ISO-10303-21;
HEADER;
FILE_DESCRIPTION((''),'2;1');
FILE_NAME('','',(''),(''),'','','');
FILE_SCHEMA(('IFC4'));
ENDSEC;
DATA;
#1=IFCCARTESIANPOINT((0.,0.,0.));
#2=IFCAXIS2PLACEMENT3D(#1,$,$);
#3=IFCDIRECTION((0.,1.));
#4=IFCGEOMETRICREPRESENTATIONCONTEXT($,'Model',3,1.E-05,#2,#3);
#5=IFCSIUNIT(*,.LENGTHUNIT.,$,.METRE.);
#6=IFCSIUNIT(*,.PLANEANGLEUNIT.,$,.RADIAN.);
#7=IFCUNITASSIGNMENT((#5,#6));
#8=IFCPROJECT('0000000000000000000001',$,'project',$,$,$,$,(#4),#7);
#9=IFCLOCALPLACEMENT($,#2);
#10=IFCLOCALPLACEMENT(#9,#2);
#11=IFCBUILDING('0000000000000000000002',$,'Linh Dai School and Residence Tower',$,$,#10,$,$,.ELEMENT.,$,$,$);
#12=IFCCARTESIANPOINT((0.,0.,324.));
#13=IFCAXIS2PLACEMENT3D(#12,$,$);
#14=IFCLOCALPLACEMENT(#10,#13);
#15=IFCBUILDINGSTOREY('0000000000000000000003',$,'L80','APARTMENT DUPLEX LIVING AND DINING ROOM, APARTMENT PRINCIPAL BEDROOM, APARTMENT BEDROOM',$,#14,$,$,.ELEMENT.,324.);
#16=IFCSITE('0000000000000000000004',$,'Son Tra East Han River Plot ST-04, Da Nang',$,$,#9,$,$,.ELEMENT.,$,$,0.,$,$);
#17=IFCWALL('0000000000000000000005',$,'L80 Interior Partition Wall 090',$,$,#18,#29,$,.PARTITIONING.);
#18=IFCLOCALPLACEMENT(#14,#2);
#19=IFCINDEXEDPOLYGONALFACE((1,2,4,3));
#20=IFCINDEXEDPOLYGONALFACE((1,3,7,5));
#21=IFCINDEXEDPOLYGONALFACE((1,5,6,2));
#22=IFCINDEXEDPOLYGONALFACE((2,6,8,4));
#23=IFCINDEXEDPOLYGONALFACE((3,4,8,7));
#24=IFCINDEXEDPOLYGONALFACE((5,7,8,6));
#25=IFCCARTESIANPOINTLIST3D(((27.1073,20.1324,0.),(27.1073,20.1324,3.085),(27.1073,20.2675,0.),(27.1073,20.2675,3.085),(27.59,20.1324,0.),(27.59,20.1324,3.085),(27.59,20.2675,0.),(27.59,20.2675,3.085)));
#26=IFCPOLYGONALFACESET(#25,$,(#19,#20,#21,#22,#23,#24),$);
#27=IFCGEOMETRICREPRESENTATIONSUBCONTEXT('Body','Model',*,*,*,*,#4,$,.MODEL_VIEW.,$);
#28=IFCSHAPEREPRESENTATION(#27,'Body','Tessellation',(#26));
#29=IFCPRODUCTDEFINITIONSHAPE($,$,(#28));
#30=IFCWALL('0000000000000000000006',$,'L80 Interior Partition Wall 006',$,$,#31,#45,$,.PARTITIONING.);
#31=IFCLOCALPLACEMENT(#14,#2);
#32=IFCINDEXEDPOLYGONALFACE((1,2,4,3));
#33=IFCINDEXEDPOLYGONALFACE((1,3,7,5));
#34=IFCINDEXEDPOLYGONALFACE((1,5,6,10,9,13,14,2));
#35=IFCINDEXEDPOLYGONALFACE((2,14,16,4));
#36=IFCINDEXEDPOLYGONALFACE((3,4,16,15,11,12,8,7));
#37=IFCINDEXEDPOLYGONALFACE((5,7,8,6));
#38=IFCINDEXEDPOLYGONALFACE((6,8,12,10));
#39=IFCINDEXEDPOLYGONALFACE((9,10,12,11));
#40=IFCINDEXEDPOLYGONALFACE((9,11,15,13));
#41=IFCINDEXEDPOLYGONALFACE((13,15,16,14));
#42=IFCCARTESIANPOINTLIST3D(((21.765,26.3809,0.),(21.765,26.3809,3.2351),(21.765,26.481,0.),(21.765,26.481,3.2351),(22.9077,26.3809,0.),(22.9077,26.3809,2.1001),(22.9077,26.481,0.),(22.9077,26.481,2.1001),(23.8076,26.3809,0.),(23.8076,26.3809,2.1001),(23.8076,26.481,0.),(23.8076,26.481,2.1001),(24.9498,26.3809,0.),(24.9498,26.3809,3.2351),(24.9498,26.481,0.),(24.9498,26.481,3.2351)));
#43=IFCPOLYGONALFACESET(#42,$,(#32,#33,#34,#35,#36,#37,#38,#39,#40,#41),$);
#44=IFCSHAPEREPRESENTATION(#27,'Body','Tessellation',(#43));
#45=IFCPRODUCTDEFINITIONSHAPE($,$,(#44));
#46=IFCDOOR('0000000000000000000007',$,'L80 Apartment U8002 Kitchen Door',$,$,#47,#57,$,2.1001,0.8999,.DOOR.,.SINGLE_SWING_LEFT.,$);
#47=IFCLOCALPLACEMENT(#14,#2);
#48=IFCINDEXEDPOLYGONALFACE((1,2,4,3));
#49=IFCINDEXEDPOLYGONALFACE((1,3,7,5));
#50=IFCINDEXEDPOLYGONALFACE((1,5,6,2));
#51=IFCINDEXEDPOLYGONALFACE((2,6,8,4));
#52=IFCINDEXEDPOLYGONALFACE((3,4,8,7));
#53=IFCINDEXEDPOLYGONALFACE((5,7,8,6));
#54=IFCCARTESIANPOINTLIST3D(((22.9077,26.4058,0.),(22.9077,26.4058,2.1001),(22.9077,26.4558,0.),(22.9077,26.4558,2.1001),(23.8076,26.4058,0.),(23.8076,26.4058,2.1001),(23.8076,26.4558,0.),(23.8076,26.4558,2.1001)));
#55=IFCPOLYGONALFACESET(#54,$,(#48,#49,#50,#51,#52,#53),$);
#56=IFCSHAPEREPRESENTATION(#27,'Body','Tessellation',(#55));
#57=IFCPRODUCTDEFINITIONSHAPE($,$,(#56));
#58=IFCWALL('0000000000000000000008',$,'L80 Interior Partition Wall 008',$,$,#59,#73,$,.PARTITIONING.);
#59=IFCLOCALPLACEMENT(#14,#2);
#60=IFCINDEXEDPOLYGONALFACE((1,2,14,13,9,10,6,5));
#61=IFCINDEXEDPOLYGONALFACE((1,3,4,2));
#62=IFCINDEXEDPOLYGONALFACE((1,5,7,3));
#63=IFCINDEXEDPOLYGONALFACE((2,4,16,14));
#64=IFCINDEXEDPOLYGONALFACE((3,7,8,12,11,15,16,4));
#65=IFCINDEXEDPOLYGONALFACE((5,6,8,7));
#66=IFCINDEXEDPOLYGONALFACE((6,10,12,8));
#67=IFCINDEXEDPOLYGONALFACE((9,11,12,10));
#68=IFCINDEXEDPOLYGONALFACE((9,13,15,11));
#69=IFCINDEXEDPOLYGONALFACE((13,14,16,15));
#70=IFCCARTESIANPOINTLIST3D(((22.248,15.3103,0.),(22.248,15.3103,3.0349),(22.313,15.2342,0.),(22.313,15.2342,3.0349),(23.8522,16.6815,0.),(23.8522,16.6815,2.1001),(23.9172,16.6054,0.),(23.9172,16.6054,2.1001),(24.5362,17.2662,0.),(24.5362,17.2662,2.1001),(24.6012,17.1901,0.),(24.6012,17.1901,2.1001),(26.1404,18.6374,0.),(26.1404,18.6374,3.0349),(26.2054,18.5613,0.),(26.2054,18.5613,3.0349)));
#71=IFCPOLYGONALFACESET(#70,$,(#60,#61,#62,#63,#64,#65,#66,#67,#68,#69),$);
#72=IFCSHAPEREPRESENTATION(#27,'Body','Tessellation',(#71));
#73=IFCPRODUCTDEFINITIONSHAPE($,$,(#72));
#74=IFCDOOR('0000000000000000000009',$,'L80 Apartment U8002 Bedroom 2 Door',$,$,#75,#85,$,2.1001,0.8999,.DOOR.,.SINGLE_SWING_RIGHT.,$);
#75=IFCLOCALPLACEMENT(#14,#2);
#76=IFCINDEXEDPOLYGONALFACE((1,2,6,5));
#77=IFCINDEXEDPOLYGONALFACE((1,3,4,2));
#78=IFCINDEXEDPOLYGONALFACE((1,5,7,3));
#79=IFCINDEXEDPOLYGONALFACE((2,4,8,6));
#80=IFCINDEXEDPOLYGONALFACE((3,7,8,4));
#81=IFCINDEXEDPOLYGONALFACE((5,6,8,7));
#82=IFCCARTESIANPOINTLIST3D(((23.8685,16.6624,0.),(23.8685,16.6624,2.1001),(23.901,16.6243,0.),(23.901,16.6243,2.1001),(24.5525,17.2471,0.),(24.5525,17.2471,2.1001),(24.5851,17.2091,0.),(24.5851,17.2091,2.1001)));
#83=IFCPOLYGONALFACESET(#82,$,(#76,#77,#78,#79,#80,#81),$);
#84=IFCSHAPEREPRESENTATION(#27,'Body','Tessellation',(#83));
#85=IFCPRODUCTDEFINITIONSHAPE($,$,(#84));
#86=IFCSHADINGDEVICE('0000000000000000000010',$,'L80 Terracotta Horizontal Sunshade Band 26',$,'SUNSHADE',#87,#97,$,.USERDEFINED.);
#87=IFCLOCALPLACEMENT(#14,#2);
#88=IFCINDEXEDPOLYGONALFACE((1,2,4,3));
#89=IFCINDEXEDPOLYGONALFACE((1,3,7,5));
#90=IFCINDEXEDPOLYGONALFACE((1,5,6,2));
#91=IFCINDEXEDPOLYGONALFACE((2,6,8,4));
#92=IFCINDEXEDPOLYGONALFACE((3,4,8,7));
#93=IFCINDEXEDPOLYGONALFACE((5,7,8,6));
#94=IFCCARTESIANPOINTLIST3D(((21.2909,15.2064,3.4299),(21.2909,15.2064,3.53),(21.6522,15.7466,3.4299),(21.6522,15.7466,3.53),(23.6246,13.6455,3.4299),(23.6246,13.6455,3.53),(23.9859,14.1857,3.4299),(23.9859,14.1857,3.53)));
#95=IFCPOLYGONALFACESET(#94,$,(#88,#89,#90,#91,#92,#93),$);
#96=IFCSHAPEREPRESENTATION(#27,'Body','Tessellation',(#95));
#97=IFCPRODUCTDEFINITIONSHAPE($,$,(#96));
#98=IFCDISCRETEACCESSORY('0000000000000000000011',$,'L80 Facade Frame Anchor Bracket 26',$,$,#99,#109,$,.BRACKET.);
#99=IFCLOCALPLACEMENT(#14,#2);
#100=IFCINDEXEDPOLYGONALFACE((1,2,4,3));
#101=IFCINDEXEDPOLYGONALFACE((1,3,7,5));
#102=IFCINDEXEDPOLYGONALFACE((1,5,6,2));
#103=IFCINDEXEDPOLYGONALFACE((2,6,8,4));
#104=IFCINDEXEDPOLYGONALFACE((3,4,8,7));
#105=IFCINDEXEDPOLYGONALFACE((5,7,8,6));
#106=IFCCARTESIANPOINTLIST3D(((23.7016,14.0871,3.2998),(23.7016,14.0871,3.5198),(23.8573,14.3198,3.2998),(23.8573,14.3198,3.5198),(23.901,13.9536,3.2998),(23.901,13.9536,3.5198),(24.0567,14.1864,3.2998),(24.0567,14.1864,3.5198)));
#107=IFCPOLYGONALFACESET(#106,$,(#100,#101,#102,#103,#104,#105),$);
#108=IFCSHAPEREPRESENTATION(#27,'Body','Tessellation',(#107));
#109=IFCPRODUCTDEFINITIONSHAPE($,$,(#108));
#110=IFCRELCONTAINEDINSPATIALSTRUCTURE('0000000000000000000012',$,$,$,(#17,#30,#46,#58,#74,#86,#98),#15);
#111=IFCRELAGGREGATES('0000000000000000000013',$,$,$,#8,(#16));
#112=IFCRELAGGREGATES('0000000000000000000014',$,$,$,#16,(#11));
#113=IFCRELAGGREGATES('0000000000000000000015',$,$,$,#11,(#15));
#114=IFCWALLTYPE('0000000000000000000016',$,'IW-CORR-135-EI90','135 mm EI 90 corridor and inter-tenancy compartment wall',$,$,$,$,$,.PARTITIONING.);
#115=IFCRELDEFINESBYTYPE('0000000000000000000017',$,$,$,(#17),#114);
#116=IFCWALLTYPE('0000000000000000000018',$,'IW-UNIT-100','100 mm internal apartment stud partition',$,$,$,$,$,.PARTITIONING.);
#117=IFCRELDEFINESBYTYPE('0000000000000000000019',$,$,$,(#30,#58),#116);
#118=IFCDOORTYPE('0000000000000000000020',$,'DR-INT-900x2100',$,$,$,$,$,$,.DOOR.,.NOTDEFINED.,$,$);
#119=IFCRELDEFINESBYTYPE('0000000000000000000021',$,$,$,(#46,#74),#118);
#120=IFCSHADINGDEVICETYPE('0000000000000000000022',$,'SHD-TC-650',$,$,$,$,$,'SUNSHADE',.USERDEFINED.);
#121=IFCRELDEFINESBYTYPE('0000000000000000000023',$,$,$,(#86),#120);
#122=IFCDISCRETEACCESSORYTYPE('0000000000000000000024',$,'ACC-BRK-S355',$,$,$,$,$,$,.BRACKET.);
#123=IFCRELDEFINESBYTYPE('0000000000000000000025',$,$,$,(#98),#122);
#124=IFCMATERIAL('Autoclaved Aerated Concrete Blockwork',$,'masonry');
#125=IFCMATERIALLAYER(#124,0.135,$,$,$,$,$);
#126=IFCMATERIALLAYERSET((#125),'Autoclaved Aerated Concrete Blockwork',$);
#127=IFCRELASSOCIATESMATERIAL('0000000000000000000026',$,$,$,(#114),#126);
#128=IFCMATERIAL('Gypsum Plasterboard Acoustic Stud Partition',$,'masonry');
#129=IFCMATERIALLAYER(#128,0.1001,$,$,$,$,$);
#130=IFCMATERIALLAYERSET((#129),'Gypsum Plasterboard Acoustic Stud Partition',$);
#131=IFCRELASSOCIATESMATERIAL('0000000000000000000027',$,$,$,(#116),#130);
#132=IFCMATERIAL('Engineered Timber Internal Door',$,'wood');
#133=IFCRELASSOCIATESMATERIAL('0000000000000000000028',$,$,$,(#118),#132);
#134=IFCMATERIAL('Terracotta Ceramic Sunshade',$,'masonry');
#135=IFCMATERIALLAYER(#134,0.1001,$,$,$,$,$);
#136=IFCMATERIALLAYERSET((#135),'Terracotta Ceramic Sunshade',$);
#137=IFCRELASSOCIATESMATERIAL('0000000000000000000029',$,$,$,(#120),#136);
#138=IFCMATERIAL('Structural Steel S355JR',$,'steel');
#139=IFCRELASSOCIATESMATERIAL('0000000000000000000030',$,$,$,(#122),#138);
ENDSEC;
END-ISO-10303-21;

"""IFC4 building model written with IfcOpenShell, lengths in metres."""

from ifc_helpers import new_model, si_unit, direction, frame, frame_2d, origin, origin_2d, place, context, subcontext, project, spatial, rectangle, extrude, source, transform, mapped, material, layer, layer_set, type_object, element, fill, save


model = new_model("IFC4")

# Units and contexts
model_context = context("Model", 3, precision=1e-05, world=origin(), true_north=direction((0.0, 1.0)))
body_context = subcontext(model_context, "Body", "Model", "MODEL_VIEW")
ifc_project = project(units=[si_unit("LENGTHUNIT", "METRE"), si_unit("PLANEANGLEUNIT", "RADIAN")], contexts=[model_context])

# Site, building, storey
site_placement = place(None, origin())
site = spatial("IfcSite", under=ifc_project, at=site_placement, Name="Son Tra East Han River Plot ST-04, Da Nang", CompositionType="ELEMENT", RefElevation=0.0)
building_placement = place(site_placement, origin())
building = spatial("IfcBuilding", under=site, at=building_placement, Name="Linh Dai School and Residence Tower", CompositionType="ELEMENT")
storey_placement = place(building_placement, frame((0.0, 0.0, 324.0)))
storey = spatial("IfcBuildingStorey", under=building, at=storey_placement, Name="L80", Description="APARTMENT DUPLEX LIVING AND DINING ROOM, APARTMENT PRINCIPAL BEDROOM, APARTMENT BEDROOM", CompositionType="ELEMENT", Elevation=324.0)

# Shared definitions
ifc_material_1 = material(Name="Structural Steel S355JR", Category="steel")

# Shared definitions
ifc_material_2 = material(Name="Autoclaved Aerated Concrete Blockwork", Category="masonry")
ifc_layer_1 = layer(ifc_material_2, 0.135)
ifc_layer_set_1 = layer_set([ifc_layer_1], Name="Autoclaved Aerated Concrete Blockwork")
wall_type_1 = type_object("IfcWallType", Name="IW-CORR-135-EI90", Description="135 mm EI 90 corridor and inter-tenancy compartment wall", PredefinedType="PARTITIONING", material=ifc_layer_set_1)

# Wall
wall_1_placement = place(storey_placement, frame((27.1074, 20.2, 0.0), z_axis=(0.0, 0.0, 1.0), x_axis=(1.0, 0.0, 0.0)))
element("IfcWall", 1, at=wall_1_placement, inside=storey, type_object=wall_type_1, Name="L80 Interior Partition Wall 090", PredefinedType="PARTITIONING", context=body_context, shape_type="SweptSolid", body=[
    extrude(rectangle(XDim=0.4827, YDim=0.135, at=frame_2d((0.2412, 0.0))), origin(), (0.0, 0.0, 1.0), 3.085),
])

# Walls, openings, doors
ifc_material_3 = material(Name="Gypsum Plasterboard Acoustic Stud Partition", Category="masonry")
ifc_layer_2 = layer(ifc_material_3, 0.1001)
ifc_layer_set_2 = layer_set([ifc_layer_2], Name="Gypsum Plasterboard Acoustic Stud Partition")
wall_type_2 = type_object("IfcWallType", Name="IW-UNIT-100", Description="100 mm internal apartment stud partition", PredefinedType="PARTITIONING", material=ifc_layer_set_2)
wall_2_placement = place(storey_placement, frame((21.7651, 26.4309, 0.0), z_axis=(0.0, 0.0, 1.0), x_axis=(1.0, 0.0, 0.0)))
wall_2 = element("IfcWall", 2, at=wall_2_placement, inside=storey, type_object=wall_type_2, Name="L80 Interior Partition Wall 006", PredefinedType="PARTITIONING", context=body_context, shape_type="SweptSolid", body=[
    extrude(rectangle(XDim=3.1848, YDim=0.1001, at=frame_2d((1.5923, 0.0))), origin(), (0.0, 0.0, 1.0), 3.2351),
])
opening_1_placement = place(wall_2_placement, frame((1.1426, 0.0, 0.0)))
opening_1 = element("IfcOpeningElement", 3, at=opening_1_placement, cuts=wall_2, PredefinedType="OPENING", context=body_context, shape_type="SweptSolid", body=[
    extrude(rectangle(XDim=0.8999, YDim=2.1001, at=origin_2d()), frame((0.45, 0.0601, 1.05), z_axis=(0.0, -1.0, 0.0), x_axis=(1.0, 0.0, 0.0)), (0.0, 0.0, 1.0), 0.1201),
])
ifc_material_4 = material(Name="Engineered Timber Internal Door", Category="wood")
door_type_1 = type_object("IfcDoorType", Name="DR-INT-900x2100", OperationType="NOTDEFINED", PredefinedType="DOOR", material=ifc_material_4)
shared_shape_1 = source(origin(), body_context, "Body", "SweptSolid", [
    extrude(rectangle(XDim=0.8999, YDim=2.1001, at=origin_2d()), frame((0.45, 0.0249, 1.05), z_axis=(0.0, -1.0, 0.0), x_axis=(1.0, 0.0, 0.0)), (0.0, 0.0, 1.0), 0.05),
])
door_1_placement = place(opening_1_placement, origin())
door_1 = element("IfcDoor", 4, at=door_1_placement, inside=storey, type_object=door_type_1, Name="L80 Apartment U8002 Kitchen Door", OperationType="SINGLE_SWING_LEFT", OverallHeight=2.1001, OverallWidth=0.8999, PredefinedType="DOOR", context=body_context, shape_type="MappedRepresentation", body=[
    mapped(shared_shape_1, transform((0.0, 0.0, 0.0), x_axis=(1.0, 0.0, 0.0), y_axis=(0.0, 1.0, 0.0), z_axis=(0.0, 0.0, 1.0), scale=1.0)),
])
fill(opening_1, door_1)
wall_3_placement = place(storey_placement, frame((22.2805, 15.2722, 0.0), z_axis=(0.0, 0.0, 1.0), x_axis=(0.760138, 0.649762, 0.0)))
wall_3 = element("IfcWall", 5, at=wall_3_placement, inside=storey, type_object=wall_type_2, Name="L80 Interior Partition Wall 008", PredefinedType="PARTITIONING", context=body_context, shape_type="SweptSolid", body=[
    extrude(rectangle(XDim=5.1206, YDim=0.1001, at=frame_2d((2.5603, 0.0))), origin(), (0.0, 0.0, 1.0), 3.0349),
])
opening_2_placement = place(wall_3_placement, frame((2.1104, 0.0, 0.0)))
opening_2 = element("IfcOpeningElement", 6, at=opening_2_placement, cuts=wall_3, PredefinedType="OPENING", context=body_context, shape_type="SweptSolid", body=[
    extrude(rectangle(XDim=0.8999, YDim=2.1001, at=origin_2d()), frame((0.45, 0.0601, 1.05), z_axis=(0.0, -1.0, 0.0), x_axis=(1.0, 0.0, 0.0)), (0.0, 0.0, 1.0), 0.1201),
])
door_2_placement = place(opening_2_placement, origin())
door_2 = element("IfcDoor", 7, at=door_2_placement, inside=storey, type_object=door_type_1, Name="L80 Apartment U8002 Bedroom 2 Door", OperationType="SINGLE_SWING_RIGHT", OverallHeight=2.1001, OverallWidth=0.8999, PredefinedType="DOOR", context=body_context, shape_type="MappedRepresentation", body=[
    mapped(shared_shape_1, transform((0.0, 0.0, 0.0), x_axis=(1.0, 0.0, 0.0), y_axis=(0.0, 1.0, 0.0), z_axis=(0.0, 0.0, 1.0), scale=1.0)),
])
fill(opening_2, door_2)

# Shading device
ifc_material_5 = material(Name="Terracotta Ceramic Sunshade", Category="masonry")
ifc_layer_3 = layer(ifc_material_5, 0.1001)
ifc_layer_set_3 = layer_set([ifc_layer_3], Name="Terracotta Ceramic Sunshade")
shading_device_type = type_object("IfcShadingDeviceType", Name="SHD-TC-650", ElementType="SUNSHADE", PredefinedType="USERDEFINED", material=ifc_layer_set_3)
shared_shape_2 = source(origin(), body_context, "Body", "SweptSolid", [
    extrude(rectangle(XDim=2.8076, YDim=0.6499, at=origin_2d()), origin(), (0.0, 0.0, 1.0), 0.1001),
])
shading_device_placement = place(storey_placement, frame((22.6384, 14.696, 3.4299), z_axis=(0.0, 0.0, 1.0), x_axis=(-0.831202, 0.555971, 0.0)))
element("IfcShadingDevice", 8, at=shading_device_placement, inside=storey, type_object=shading_device_type, Name="L80 Terracotta Horizontal Sunshade Band 26", ObjectType="SUNSHADE", PredefinedType="USERDEFINED", context=body_context, shape_type="MappedRepresentation", body=[
    mapped(shared_shape_2, transform((0.0, 0.0, 0.0), x_axis=(1.0, 0.0, 0.0), y_axis=(0.0, 1.0, 0.0), z_axis=(0.0, 0.0, 1.0), scale=1.0)),
])

# Discrete accessory
discrete_accessory_type = type_object("IfcDiscreteAccessoryType", Name="ACC-BRK-S355", PredefinedType="BRACKET", material=ifc_material_1)
shared_shape_3 = source(origin(), body_context, "Body", "SweptSolid", [
    extrude(rectangle(XDim=0.28, YDim=0.24, at=origin_2d()), origin(), (0.0, 0.0, 1.0), 0.22),
])
discrete_accessory_placement = place(storey_placement, frame((23.8792, 14.1367, 3.2998), z_axis=(0.0, 0.0, 1.0), x_axis=(-0.555971, -0.831202, 0.0)))
element("IfcDiscreteAccessory", 9, at=discrete_accessory_placement, inside=storey, type_object=discrete_accessory_type, Name="L80 Facade Frame Anchor Bracket 26", PredefinedType="BRACKET", context=body_context, shape_type="MappedRepresentation", body=[
    mapped(shared_shape_3, transform((0.0, 0.0, 0.0), x_axis=(1.0, 0.0, 0.0), y_axis=(0.0, 1.0, 0.0), z_axis=(0.0, 0.0, 1.0), scale=1.0)),
])

save(model, "model.ifc")
